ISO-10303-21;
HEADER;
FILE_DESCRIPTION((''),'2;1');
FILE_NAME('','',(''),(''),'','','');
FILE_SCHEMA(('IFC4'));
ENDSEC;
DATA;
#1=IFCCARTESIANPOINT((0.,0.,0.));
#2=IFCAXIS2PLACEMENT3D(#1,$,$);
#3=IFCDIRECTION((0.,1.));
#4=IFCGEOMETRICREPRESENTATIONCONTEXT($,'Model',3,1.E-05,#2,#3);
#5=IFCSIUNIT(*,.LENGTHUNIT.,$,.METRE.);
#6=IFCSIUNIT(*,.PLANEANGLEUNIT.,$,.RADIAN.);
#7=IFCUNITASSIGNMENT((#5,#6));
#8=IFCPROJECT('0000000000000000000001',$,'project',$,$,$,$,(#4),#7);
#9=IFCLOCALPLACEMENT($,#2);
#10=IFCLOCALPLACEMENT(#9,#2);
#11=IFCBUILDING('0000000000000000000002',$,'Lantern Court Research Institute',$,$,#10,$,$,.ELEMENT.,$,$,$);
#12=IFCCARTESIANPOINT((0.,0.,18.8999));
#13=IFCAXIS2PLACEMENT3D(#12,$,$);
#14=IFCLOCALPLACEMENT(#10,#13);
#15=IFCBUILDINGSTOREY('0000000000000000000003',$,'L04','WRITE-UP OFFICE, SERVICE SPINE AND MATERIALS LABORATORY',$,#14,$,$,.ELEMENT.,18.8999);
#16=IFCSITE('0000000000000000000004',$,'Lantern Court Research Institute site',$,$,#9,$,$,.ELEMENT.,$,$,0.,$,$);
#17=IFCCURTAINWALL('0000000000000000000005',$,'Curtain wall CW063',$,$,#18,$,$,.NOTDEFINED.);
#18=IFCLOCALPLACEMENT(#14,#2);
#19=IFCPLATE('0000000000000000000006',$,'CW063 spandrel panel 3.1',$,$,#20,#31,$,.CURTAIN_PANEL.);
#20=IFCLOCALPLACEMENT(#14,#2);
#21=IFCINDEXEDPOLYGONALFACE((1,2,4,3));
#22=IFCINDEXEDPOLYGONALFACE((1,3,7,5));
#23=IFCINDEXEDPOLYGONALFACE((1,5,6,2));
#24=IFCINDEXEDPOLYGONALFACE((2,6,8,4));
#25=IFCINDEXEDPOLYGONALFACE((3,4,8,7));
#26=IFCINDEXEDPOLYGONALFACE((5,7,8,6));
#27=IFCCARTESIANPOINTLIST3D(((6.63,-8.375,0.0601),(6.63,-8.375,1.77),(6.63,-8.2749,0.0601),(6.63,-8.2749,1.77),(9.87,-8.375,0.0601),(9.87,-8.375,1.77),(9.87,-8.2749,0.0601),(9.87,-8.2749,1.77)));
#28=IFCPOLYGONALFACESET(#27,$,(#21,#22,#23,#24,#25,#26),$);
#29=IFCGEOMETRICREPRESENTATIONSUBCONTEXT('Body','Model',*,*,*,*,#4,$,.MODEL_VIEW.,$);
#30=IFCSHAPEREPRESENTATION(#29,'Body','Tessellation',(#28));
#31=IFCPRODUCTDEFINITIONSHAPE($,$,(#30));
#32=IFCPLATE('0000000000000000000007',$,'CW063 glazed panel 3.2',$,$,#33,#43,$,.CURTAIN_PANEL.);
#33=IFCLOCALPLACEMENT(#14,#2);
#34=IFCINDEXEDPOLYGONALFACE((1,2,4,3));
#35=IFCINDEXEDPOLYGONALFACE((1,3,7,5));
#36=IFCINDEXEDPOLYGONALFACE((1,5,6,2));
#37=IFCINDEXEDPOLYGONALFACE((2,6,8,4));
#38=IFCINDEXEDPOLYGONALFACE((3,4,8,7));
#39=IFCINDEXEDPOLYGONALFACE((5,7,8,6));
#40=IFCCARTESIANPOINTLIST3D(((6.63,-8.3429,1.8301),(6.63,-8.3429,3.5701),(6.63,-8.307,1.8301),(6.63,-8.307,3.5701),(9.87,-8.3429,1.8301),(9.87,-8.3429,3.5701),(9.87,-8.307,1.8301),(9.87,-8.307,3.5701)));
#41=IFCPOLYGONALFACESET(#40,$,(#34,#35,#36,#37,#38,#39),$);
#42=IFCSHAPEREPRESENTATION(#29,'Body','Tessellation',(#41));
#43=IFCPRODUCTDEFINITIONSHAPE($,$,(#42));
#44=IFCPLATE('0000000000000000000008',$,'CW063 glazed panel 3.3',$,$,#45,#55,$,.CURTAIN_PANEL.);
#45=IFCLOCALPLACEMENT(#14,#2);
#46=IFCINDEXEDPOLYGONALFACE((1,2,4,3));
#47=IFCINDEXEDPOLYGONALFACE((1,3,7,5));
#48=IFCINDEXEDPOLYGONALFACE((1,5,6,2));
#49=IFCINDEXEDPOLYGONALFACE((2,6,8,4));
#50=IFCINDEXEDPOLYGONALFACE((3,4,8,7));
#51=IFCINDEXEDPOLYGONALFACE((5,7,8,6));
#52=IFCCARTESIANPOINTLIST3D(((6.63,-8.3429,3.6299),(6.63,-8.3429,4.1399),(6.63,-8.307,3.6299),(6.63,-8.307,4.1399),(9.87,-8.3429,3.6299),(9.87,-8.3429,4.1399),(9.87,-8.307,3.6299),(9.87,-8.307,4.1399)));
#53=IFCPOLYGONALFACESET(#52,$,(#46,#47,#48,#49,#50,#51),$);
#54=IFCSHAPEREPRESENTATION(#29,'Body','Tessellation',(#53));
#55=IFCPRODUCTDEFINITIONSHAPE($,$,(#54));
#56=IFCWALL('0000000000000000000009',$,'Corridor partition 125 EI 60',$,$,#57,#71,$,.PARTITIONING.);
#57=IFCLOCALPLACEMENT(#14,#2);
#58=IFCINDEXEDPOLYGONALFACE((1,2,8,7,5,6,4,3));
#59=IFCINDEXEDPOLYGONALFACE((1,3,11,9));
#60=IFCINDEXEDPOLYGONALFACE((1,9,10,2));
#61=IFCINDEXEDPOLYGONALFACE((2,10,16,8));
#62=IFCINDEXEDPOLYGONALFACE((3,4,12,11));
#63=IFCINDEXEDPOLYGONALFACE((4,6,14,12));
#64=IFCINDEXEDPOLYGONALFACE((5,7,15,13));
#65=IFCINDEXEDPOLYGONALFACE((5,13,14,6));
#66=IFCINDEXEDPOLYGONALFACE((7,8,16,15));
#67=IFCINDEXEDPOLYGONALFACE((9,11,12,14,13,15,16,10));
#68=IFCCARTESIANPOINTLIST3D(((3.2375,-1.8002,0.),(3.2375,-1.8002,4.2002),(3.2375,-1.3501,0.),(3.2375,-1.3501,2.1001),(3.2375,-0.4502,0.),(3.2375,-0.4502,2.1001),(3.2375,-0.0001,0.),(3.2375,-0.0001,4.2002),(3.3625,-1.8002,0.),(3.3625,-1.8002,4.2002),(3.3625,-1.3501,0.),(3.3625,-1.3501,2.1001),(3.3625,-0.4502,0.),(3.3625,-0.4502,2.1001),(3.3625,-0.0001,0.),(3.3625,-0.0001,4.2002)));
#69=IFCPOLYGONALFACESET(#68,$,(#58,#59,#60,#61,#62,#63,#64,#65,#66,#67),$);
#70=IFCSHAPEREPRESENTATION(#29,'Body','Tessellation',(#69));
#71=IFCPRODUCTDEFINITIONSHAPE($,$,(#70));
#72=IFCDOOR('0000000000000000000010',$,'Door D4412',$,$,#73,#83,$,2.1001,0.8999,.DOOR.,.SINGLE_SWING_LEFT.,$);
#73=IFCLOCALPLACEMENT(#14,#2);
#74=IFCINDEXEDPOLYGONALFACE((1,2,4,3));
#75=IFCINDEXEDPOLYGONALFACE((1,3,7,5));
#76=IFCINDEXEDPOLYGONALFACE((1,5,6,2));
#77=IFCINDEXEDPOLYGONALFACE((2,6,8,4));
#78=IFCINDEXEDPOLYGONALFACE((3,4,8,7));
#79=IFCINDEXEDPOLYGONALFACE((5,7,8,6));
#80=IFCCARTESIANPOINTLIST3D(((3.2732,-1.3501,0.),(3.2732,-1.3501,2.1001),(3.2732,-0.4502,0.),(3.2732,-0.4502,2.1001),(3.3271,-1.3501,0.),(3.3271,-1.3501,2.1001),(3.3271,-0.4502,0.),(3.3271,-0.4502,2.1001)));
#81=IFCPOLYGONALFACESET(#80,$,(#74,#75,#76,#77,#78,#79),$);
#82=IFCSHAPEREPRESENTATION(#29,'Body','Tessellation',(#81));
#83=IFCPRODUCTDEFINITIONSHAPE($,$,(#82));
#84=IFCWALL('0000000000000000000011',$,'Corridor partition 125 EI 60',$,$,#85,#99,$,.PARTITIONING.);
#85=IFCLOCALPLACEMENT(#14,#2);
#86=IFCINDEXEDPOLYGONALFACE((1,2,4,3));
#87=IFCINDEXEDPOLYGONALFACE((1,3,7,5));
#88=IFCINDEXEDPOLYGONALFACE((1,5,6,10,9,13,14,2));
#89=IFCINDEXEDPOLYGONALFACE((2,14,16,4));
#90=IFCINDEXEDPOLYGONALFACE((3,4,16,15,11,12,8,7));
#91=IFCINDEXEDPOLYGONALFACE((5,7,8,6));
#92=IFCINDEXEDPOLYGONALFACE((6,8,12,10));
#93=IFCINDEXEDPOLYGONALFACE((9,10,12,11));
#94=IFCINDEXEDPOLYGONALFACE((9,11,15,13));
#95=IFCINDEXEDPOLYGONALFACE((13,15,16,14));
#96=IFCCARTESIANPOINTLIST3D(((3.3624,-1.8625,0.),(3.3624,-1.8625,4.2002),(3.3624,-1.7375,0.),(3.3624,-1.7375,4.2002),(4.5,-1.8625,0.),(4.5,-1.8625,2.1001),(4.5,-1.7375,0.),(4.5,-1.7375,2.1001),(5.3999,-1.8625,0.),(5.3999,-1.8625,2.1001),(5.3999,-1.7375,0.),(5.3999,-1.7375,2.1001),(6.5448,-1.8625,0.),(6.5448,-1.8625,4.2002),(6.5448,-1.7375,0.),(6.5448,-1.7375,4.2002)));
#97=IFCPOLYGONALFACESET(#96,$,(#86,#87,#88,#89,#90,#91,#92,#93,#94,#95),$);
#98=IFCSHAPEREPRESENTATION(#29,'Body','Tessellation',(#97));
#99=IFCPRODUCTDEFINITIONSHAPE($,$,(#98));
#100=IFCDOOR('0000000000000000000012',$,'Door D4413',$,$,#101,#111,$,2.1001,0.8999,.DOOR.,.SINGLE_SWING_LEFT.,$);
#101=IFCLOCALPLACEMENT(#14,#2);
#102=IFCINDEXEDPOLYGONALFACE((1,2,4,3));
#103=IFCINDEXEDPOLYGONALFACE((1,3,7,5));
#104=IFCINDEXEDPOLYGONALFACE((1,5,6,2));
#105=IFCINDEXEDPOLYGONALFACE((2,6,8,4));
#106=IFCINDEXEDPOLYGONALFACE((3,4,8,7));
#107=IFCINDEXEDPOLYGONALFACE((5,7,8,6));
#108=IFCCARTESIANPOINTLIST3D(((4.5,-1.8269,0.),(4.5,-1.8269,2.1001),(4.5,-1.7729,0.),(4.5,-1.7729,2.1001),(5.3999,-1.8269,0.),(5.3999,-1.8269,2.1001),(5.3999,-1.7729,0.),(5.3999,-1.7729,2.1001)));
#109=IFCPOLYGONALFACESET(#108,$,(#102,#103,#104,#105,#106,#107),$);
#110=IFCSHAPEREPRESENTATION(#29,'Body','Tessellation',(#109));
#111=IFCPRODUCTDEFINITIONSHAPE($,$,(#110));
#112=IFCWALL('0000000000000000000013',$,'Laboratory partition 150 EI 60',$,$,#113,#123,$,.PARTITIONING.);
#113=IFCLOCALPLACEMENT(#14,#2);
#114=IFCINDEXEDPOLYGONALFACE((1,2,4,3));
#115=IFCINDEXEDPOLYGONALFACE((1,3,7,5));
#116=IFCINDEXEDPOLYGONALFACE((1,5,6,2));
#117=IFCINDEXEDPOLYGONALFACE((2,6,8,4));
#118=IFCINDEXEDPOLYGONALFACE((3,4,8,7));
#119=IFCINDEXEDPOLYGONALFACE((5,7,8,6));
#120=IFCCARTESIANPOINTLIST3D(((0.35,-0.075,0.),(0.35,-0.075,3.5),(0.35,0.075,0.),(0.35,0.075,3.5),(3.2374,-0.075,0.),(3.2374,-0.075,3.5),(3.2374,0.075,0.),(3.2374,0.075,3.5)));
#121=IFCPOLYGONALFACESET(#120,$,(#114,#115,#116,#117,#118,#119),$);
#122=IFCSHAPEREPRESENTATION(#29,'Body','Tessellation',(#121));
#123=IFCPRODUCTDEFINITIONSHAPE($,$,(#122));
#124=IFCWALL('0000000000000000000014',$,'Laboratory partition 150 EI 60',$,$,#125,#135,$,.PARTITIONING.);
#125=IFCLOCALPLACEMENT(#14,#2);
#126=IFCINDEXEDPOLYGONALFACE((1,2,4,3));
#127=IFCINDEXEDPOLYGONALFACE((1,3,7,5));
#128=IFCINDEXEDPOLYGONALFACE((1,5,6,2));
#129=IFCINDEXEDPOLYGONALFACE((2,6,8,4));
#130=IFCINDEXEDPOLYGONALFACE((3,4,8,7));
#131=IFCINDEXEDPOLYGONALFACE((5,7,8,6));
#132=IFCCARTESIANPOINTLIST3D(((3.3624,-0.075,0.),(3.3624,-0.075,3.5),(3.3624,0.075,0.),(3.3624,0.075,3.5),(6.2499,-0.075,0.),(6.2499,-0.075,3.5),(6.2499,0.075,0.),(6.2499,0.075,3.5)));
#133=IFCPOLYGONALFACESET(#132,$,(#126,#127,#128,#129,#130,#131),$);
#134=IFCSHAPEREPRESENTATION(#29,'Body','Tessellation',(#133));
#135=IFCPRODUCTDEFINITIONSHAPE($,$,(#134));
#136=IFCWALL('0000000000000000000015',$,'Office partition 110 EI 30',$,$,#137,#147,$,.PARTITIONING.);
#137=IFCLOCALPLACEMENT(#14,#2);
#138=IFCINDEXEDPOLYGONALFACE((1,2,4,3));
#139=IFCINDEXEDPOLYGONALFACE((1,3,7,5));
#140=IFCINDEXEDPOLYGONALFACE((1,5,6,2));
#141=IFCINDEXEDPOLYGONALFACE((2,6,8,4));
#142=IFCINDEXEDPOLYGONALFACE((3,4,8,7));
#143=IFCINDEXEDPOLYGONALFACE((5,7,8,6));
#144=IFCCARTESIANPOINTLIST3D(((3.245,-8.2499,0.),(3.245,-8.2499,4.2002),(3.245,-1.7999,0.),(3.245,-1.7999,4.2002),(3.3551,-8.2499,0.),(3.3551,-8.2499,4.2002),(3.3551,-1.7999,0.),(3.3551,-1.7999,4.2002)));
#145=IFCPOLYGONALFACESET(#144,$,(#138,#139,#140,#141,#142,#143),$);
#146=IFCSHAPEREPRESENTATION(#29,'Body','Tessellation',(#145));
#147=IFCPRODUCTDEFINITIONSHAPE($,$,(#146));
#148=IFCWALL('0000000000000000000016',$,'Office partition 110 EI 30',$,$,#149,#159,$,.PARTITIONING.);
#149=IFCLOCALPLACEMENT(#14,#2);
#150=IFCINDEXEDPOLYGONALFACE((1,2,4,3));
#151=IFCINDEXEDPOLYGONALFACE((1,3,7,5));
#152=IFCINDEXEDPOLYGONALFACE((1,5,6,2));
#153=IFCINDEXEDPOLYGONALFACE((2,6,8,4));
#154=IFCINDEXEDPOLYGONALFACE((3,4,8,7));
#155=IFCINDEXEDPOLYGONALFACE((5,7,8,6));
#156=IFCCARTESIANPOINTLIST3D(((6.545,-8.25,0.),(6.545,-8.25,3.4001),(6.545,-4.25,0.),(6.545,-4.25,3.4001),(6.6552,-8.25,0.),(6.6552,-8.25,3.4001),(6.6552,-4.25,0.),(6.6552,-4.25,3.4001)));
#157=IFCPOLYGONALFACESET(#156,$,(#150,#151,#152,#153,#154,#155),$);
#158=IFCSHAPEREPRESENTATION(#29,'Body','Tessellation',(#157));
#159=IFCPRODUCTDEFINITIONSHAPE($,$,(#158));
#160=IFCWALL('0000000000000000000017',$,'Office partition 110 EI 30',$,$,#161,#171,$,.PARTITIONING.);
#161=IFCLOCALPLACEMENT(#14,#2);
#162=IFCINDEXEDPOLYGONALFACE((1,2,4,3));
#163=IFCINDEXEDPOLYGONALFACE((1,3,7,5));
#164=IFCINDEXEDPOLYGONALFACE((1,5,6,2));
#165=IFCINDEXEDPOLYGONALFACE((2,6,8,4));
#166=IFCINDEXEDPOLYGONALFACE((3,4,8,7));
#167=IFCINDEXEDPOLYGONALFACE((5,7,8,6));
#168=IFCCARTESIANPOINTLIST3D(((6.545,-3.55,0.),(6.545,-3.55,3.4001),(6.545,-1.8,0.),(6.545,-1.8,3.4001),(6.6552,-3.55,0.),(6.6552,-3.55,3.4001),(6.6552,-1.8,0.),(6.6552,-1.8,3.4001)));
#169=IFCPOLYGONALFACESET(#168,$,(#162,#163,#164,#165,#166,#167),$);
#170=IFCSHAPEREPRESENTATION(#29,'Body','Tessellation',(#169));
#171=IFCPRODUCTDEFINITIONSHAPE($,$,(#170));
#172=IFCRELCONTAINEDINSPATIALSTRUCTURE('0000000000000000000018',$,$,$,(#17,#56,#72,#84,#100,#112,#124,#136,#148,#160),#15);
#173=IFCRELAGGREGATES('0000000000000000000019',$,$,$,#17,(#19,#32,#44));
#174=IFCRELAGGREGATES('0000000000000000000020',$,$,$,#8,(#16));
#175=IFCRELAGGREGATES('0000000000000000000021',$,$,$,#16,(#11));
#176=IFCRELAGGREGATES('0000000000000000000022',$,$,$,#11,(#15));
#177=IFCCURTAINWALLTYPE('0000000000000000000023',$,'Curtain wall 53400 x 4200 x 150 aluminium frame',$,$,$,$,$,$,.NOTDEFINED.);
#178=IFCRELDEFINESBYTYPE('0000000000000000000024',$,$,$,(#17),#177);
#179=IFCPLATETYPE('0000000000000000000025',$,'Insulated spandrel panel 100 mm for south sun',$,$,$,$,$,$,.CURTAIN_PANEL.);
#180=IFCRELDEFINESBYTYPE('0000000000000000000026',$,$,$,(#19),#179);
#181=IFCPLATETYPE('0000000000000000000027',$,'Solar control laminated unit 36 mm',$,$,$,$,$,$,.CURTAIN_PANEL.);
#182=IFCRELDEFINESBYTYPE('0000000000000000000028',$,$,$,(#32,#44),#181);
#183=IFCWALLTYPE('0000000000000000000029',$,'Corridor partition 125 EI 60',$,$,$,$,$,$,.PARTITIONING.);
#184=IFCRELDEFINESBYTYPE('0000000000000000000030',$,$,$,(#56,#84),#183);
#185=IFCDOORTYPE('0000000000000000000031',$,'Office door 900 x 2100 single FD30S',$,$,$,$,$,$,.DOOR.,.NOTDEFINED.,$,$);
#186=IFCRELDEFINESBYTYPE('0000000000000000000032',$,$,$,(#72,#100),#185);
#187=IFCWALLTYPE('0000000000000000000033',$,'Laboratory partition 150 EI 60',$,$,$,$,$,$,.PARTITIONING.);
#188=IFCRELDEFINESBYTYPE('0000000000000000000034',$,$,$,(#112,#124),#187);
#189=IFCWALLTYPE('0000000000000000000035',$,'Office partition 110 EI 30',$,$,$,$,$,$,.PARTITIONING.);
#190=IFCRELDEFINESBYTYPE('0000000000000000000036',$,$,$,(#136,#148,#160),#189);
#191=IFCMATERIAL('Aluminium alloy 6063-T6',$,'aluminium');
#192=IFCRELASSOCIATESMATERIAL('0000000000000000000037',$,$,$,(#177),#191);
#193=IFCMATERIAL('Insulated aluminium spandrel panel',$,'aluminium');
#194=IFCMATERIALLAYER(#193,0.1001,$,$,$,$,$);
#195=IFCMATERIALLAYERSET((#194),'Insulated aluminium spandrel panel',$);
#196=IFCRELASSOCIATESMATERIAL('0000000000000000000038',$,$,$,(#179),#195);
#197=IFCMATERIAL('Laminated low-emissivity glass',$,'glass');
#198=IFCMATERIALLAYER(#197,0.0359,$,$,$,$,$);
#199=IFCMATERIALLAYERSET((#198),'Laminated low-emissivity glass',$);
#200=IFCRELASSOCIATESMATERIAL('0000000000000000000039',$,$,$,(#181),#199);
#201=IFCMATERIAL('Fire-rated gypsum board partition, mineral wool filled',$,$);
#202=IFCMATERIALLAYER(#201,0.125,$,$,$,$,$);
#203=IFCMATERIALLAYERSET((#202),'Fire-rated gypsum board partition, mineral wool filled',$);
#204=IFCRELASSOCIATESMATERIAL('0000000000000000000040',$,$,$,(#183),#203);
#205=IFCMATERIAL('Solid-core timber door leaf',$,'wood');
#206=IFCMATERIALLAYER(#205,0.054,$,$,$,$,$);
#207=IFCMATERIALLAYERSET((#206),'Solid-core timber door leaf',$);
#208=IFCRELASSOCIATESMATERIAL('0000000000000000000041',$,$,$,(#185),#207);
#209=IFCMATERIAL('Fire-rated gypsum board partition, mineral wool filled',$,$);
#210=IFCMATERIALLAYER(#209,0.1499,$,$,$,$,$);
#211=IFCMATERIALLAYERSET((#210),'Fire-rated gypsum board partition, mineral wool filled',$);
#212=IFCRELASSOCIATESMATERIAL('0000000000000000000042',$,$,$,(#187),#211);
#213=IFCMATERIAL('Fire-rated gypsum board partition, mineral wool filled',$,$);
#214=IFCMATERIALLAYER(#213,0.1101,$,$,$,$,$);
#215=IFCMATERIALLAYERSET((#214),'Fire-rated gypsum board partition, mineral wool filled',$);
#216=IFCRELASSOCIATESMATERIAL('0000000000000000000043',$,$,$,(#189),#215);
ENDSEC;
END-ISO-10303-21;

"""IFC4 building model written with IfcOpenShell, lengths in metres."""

from ifc_helpers import new_model, si_unit, direction, frame, frame_2d, origin, origin_2d, place, context, subcontext, project, spatial, rectangle, extrude, material, layer, layer_set, type_object, element, fill, aggregate, save


model = new_model("IFC4")

# Units and contexts
model_context = context("Model", 3, precision=1e-05, world=origin(), true_north=direction((0.0, 1.0)))
body_context = subcontext(model_context, "Body", "Model", "MODEL_VIEW")
ifc_project = project(units=[si_unit("LENGTHUNIT", "METRE"), si_unit("PLANEANGLEUNIT", "RADIAN")], contexts=[model_context])

# Site, building, storey
site_placement = place(None, origin())
site = spatial("IfcSite", under=ifc_project, at=site_placement, Name="Lantern Court Research Institute site", CompositionType="ELEMENT", RefElevation=0.0)
building_placement = place(site_placement, origin())
building = spatial("IfcBuilding", under=site, at=building_placement, Name="Lantern Court Research Institute", CompositionType="ELEMENT")
storey_placement = place(building_placement, frame((0.0, 0.0, 18.8999)))
storey = spatial("IfcBuildingStorey", under=building, at=storey_placement, Name="L04", Description="WRITE-UP OFFICE, SERVICE SPINE AND MATERIALS LABORATORY", CompositionType="ELEMENT", Elevation=18.8999)

# Curtain wall
ifc_material_1 = material(Name="Aluminium alloy 6063-T6", Category="aluminium")
curtain_wall_type = type_object("IfcCurtainWallType", Name="Curtain wall 53400 x 4200 x 150 aluminium frame", PredefinedType="NOTDEFINED", material=ifc_material_1)
curtain_wall_placement = place(storey_placement, origin())
curtain_wall = element("IfcCurtainWall", 1, at=curtain_wall_placement, inside=storey, type_object=curtain_wall_type, Name="Curtain wall CW063", PredefinedType="NOTDEFINED")

# Plates
ifc_material_2 = material(Name="Insulated aluminium spandrel panel", Category="aluminium")
ifc_layer_1 = layer(ifc_material_2, 0.1001)
ifc_layer_set_1 = layer_set([ifc_layer_1], Name="Insulated aluminium spandrel panel")
plate_type_1 = type_object("IfcPlateType", Name="Insulated spandrel panel 100 mm for south sun", PredefinedType="CURTAIN_PANEL", material=ifc_layer_set_1)
plate_1_placement = place(storey_placement, frame((8.25, -8.325, 0.0601), z_axis=(0.0, 0.0, 1.0), x_axis=(-1.0, 0.0, 0.0)))
plate_1 = element("IfcPlate", 2, at=plate_1_placement, type_object=plate_type_1, Name="CW063 spandrel panel 3.1", PredefinedType="CURTAIN_PANEL", context=body_context, shape_type="SweptSolid", body=[
    extrude(rectangle(XDim=3.24, YDim=0.1001, at=origin_2d()), origin(), (0.0, 0.0, 1.0), 1.71),
])
ifc_material_3 = material(Name="Laminated low-emissivity glass", Category="glass")
ifc_layer_2 = layer(ifc_material_3, 0.0359)
ifc_layer_set_2 = layer_set([ifc_layer_2], Name="Laminated low-emissivity glass")
plate_type_2 = type_object("IfcPlateType", Name="Solar control laminated unit 36 mm", PredefinedType="CURTAIN_PANEL", material=ifc_layer_set_2)
plate_2_placement = place(storey_placement, frame((8.25, -8.325, 1.8301), z_axis=(0.0, 0.0, 1.0), x_axis=(-1.0, 0.0, 0.0)))
plate_2 = element("IfcPlate", 3, at=plate_2_placement, type_object=plate_type_2, Name="CW063 glazed panel 3.2", PredefinedType="CURTAIN_PANEL", context=body_context, shape_type="SweptSolid", body=[
    extrude(rectangle(XDim=3.24, YDim=0.0359, at=origin_2d()), origin(), (0.0, 0.0, 1.0), 1.74),
])
plate_3_placement = place(storey_placement, frame((8.25, -8.325, 3.6299), z_axis=(0.0, 0.0, 1.0), x_axis=(-1.0, 0.0, 0.0)))
plate_3 = element("IfcPlate", 4, at=plate_3_placement, type_object=plate_type_2, Name="CW063 glazed panel 3.3", PredefinedType="CURTAIN_PANEL", context=body_context, shape_type="SweptSolid", body=[
    extrude(rectangle(XDim=3.24, YDim=0.0359, at=origin_2d()), origin(), (0.0, 0.0, 1.0), 0.51),
])
aggregate(curtain_wall, [plate_1, plate_2, plate_3])

# Walls, openings, doors
ifc_material_4 = material(Name="Fire-rated gypsum board partition, mineral wool filled")
ifc_layer_3 = layer(ifc_material_4, 0.125)
ifc_layer_set_3 = layer_set([ifc_layer_3], Name="Fire-rated gypsum board partition, mineral wool filled")
wall_type_1 = type_object("IfcWallType", Name="Corridor partition 125 EI 60", PredefinedType="PARTITIONING", material=ifc_layer_set_3)
wall_1_placement = place(storey_placement, frame((3.3, -1.8, 0.0), z_axis=(0.0, 0.0, 1.0), x_axis=(0.0, 1.0, 0.0)))
wall_1 = element("IfcWall", 5, at=wall_1_placement, inside=storey, type_object=wall_type_1, Name="Corridor partition 125 EI 60", PredefinedType="PARTITIONING", context=body_context, shape_type="SweptSolid", body=[
    extrude(rectangle(XDim=1.8, YDim=0.125, at=frame_2d((0.8999, 0.0))), origin(), (0.0, 0.0, 1.0), 4.2002),
])
opening_1_placement = place(wall_1_placement, frame((0.45, 0.0, 0.0)))
opening_1 = element("IfcOpeningElement", 6, at=opening_1_placement, cuts=wall_1, PredefinedType="OPENING", context=body_context, shape_type="SweptSolid", body=[
    extrude(rectangle(XDim=0.8999, YDim=2.1001, at=frame_2d((0.45, 1.05))), frame((0.0, 0.0725, 0.0), z_axis=(0.0, -1.0, 0.0), x_axis=(1.0, 0.0, 0.0)), (0.0, 0.0, 1.0), 0.145),
])
ifc_material_5 = material(Name="Solid-core timber door leaf", Category="wood")
ifc_layer_4 = layer(ifc_material_5, 0.054)
ifc_layer_set_4 = layer_set([ifc_layer_4], Name="Solid-core timber door leaf")
door_type = type_object("IfcDoorType", Name="Office door 900 x 2100 single FD30S", OperationType="NOTDEFINED", PredefinedType="DOOR", material=ifc_layer_set_4)
door_1_placement = place(opening_1_placement, origin())
door_1 = element("IfcDoor", 7, at=door_1_placement, inside=storey, type_object=door_type, Name="Door D4412", OperationType="SINGLE_SWING_LEFT", OverallHeight=2.1001, OverallWidth=0.8999, PredefinedType="DOOR", context=body_context, shape_type="SweptSolid", body=[
    extrude(rectangle(XDim=0.8999, YDim=2.1001, at=frame_2d((0.45, 1.05))), frame((0.0, 0.0269, 0.0), z_axis=(0.0, -1.0, 0.0), x_axis=(1.0, 0.0, 0.0)), (0.0, 0.0, 1.0), 0.054),
])
fill(opening_1, door_1)
wall_2_placement = place(storey_placement, frame((6.5449, -1.8, 0.0), z_axis=(0.0, 0.0, 1.0), x_axis=(-1.0, 0.0, 0.0)))
wall_2 = element("IfcWall", 8, at=wall_2_placement, inside=storey, type_object=wall_type_1, Name="Corridor partition 125 EI 60", PredefinedType="PARTITIONING", context=body_context, shape_type="SweptSolid", body=[
    extrude(rectangle(XDim=3.1824, YDim=0.125, at=frame_2d((1.5913, 0.0))), origin(), (0.0, 0.0, 1.0), 4.2002),
])
opening_2_placement = place(wall_2_placement, frame((1.145, 0.0, 0.0)))
opening_2 = element("IfcOpeningElement", 9, at=opening_2_placement, cuts=wall_2, PredefinedType="OPENING", context=body_context, shape_type="SweptSolid", body=[
    extrude(rectangle(XDim=0.8999, YDim=2.1001, at=frame_2d((0.45, 1.05))), frame((0.0, 0.0725, 0.0), z_axis=(0.0, -1.0, 0.0), x_axis=(1.0, 0.0, 0.0)), (0.0, 0.0, 1.0), 0.145),
])
door_2_placement = place(opening_2_placement, origin())
door_2 = element("IfcDoor", 10, at=door_2_placement, inside=storey, type_object=door_type, Name="Door D4413", OperationType="SINGLE_SWING_LEFT", OverallHeight=2.1001, OverallWidth=0.8999, PredefinedType="DOOR", context=body_context, shape_type="SweptSolid", body=[
    extrude(rectangle(XDim=0.8999, YDim=2.1001, at=frame_2d((0.45, 1.05))), frame((0.0, 0.0269, 0.0), z_axis=(0.0, -1.0, 0.0), x_axis=(1.0, 0.0, 0.0)), (0.0, 0.0, 1.0), 0.054),
])
fill(opening_2, door_2)

# Walls
ifc_material_6 = material(Name="Fire-rated gypsum board partition, mineral wool filled")
ifc_layer_5 = layer(ifc_material_6, 0.1499)
ifc_layer_set_5 = layer_set([ifc_layer_5], Name="Fire-rated gypsum board partition, mineral wool filled")
wall_type_2 = type_object("IfcWallType", Name="Laboratory partition 150 EI 60", PredefinedType="PARTITIONING", material=ifc_layer_set_5)
for number, where, z_axis, x_axis, name in (
    (11, (3.2375, 0.0, 0.0), (0.0, 0.0, 1.0), (-1.0, 0.0, 0.0), "Laboratory partition 150 EI 60"),
    (12, (6.25, 0.0, 0.0), (0.0, 0.0, 1.0), (-1.0, 0.0, 0.0), "Laboratory partition 150 EI 60"),
):
    element("IfcWall", number, at=place(storey_placement, frame(where, z_axis=z_axis, x_axis=x_axis)), inside=storey, type_object=wall_type_2, Name=name, PredefinedType="PARTITIONING", context=body_context, shape_type="SweptSolid", body=[
        extrude(rectangle(XDim=2.8875, YDim=0.1499, at=frame_2d((1.4438, 0.0))), origin(), (0.0, 0.0, 1.0), 3.5),
    ])
ifc_material_7 = material(Name="Fire-rated gypsum board partition, mineral wool filled")
ifc_layer_6 = layer(ifc_material_7, 0.1101)
ifc_layer_set_6 = layer_set([ifc_layer_6], Name="Fire-rated gypsum board partition, mineral wool filled")
wall_type_3 = type_object("IfcWallType", Name="Office partition 110 EI 30", PredefinedType="PARTITIONING", material=ifc_layer_set_6)
wall_3_placement = place(storey_placement, frame((3.3, -8.25, 0.0), z_axis=(0.0, 0.0, 1.0), x_axis=(0.0, 1.0, 0.0)))
element("IfcWall", 13, at=wall_3_placement, inside=storey, type_object=wall_type_3, Name="Office partition 110 EI 30", PredefinedType="PARTITIONING", context=body_context, shape_type="SweptSolid", body=[
    extrude(rectangle(XDim=6.45, YDim=0.1101, at=frame_2d((3.2251, 0.0))), origin(), (0.0, 0.0, 1.0), 4.2002),
])
wall_4_placement = place(storey_placement, frame((6.6001, -8.25, 0.0), z_axis=(0.0, 0.0, 1.0), x_axis=(0.0, 1.0, 0.0)))
element("IfcWall", 14, at=wall_4_placement, inside=storey, type_object=wall_type_3, Name="Office partition 110 EI 30", PredefinedType="PARTITIONING", context=body_context, shape_type="SweptSolid", body=[
    extrude(rectangle(XDim=4.0, YDim=0.1101, at=frame_2d((2.0, 0.0))), origin(), (0.0, 0.0, 1.0), 3.4001),
])
wall_5_placement = place(storey_placement, frame((6.6001, -3.55, 0.0), z_axis=(0.0, 0.0, 1.0), x_axis=(0.0, 1.0, 0.0)))
element("IfcWall", 15, at=wall_5_placement, inside=storey, type_object=wall_type_3, Name="Office partition 110 EI 30", PredefinedType="PARTITIONING", context=body_context, shape_type="SweptSolid", body=[
    extrude(rectangle(XDim=1.75, YDim=0.1101, at=frame_2d((0.875, 0.0))), origin(), (0.0, 0.0, 1.0), 3.4001),
])

save(model, "model.ifc")
